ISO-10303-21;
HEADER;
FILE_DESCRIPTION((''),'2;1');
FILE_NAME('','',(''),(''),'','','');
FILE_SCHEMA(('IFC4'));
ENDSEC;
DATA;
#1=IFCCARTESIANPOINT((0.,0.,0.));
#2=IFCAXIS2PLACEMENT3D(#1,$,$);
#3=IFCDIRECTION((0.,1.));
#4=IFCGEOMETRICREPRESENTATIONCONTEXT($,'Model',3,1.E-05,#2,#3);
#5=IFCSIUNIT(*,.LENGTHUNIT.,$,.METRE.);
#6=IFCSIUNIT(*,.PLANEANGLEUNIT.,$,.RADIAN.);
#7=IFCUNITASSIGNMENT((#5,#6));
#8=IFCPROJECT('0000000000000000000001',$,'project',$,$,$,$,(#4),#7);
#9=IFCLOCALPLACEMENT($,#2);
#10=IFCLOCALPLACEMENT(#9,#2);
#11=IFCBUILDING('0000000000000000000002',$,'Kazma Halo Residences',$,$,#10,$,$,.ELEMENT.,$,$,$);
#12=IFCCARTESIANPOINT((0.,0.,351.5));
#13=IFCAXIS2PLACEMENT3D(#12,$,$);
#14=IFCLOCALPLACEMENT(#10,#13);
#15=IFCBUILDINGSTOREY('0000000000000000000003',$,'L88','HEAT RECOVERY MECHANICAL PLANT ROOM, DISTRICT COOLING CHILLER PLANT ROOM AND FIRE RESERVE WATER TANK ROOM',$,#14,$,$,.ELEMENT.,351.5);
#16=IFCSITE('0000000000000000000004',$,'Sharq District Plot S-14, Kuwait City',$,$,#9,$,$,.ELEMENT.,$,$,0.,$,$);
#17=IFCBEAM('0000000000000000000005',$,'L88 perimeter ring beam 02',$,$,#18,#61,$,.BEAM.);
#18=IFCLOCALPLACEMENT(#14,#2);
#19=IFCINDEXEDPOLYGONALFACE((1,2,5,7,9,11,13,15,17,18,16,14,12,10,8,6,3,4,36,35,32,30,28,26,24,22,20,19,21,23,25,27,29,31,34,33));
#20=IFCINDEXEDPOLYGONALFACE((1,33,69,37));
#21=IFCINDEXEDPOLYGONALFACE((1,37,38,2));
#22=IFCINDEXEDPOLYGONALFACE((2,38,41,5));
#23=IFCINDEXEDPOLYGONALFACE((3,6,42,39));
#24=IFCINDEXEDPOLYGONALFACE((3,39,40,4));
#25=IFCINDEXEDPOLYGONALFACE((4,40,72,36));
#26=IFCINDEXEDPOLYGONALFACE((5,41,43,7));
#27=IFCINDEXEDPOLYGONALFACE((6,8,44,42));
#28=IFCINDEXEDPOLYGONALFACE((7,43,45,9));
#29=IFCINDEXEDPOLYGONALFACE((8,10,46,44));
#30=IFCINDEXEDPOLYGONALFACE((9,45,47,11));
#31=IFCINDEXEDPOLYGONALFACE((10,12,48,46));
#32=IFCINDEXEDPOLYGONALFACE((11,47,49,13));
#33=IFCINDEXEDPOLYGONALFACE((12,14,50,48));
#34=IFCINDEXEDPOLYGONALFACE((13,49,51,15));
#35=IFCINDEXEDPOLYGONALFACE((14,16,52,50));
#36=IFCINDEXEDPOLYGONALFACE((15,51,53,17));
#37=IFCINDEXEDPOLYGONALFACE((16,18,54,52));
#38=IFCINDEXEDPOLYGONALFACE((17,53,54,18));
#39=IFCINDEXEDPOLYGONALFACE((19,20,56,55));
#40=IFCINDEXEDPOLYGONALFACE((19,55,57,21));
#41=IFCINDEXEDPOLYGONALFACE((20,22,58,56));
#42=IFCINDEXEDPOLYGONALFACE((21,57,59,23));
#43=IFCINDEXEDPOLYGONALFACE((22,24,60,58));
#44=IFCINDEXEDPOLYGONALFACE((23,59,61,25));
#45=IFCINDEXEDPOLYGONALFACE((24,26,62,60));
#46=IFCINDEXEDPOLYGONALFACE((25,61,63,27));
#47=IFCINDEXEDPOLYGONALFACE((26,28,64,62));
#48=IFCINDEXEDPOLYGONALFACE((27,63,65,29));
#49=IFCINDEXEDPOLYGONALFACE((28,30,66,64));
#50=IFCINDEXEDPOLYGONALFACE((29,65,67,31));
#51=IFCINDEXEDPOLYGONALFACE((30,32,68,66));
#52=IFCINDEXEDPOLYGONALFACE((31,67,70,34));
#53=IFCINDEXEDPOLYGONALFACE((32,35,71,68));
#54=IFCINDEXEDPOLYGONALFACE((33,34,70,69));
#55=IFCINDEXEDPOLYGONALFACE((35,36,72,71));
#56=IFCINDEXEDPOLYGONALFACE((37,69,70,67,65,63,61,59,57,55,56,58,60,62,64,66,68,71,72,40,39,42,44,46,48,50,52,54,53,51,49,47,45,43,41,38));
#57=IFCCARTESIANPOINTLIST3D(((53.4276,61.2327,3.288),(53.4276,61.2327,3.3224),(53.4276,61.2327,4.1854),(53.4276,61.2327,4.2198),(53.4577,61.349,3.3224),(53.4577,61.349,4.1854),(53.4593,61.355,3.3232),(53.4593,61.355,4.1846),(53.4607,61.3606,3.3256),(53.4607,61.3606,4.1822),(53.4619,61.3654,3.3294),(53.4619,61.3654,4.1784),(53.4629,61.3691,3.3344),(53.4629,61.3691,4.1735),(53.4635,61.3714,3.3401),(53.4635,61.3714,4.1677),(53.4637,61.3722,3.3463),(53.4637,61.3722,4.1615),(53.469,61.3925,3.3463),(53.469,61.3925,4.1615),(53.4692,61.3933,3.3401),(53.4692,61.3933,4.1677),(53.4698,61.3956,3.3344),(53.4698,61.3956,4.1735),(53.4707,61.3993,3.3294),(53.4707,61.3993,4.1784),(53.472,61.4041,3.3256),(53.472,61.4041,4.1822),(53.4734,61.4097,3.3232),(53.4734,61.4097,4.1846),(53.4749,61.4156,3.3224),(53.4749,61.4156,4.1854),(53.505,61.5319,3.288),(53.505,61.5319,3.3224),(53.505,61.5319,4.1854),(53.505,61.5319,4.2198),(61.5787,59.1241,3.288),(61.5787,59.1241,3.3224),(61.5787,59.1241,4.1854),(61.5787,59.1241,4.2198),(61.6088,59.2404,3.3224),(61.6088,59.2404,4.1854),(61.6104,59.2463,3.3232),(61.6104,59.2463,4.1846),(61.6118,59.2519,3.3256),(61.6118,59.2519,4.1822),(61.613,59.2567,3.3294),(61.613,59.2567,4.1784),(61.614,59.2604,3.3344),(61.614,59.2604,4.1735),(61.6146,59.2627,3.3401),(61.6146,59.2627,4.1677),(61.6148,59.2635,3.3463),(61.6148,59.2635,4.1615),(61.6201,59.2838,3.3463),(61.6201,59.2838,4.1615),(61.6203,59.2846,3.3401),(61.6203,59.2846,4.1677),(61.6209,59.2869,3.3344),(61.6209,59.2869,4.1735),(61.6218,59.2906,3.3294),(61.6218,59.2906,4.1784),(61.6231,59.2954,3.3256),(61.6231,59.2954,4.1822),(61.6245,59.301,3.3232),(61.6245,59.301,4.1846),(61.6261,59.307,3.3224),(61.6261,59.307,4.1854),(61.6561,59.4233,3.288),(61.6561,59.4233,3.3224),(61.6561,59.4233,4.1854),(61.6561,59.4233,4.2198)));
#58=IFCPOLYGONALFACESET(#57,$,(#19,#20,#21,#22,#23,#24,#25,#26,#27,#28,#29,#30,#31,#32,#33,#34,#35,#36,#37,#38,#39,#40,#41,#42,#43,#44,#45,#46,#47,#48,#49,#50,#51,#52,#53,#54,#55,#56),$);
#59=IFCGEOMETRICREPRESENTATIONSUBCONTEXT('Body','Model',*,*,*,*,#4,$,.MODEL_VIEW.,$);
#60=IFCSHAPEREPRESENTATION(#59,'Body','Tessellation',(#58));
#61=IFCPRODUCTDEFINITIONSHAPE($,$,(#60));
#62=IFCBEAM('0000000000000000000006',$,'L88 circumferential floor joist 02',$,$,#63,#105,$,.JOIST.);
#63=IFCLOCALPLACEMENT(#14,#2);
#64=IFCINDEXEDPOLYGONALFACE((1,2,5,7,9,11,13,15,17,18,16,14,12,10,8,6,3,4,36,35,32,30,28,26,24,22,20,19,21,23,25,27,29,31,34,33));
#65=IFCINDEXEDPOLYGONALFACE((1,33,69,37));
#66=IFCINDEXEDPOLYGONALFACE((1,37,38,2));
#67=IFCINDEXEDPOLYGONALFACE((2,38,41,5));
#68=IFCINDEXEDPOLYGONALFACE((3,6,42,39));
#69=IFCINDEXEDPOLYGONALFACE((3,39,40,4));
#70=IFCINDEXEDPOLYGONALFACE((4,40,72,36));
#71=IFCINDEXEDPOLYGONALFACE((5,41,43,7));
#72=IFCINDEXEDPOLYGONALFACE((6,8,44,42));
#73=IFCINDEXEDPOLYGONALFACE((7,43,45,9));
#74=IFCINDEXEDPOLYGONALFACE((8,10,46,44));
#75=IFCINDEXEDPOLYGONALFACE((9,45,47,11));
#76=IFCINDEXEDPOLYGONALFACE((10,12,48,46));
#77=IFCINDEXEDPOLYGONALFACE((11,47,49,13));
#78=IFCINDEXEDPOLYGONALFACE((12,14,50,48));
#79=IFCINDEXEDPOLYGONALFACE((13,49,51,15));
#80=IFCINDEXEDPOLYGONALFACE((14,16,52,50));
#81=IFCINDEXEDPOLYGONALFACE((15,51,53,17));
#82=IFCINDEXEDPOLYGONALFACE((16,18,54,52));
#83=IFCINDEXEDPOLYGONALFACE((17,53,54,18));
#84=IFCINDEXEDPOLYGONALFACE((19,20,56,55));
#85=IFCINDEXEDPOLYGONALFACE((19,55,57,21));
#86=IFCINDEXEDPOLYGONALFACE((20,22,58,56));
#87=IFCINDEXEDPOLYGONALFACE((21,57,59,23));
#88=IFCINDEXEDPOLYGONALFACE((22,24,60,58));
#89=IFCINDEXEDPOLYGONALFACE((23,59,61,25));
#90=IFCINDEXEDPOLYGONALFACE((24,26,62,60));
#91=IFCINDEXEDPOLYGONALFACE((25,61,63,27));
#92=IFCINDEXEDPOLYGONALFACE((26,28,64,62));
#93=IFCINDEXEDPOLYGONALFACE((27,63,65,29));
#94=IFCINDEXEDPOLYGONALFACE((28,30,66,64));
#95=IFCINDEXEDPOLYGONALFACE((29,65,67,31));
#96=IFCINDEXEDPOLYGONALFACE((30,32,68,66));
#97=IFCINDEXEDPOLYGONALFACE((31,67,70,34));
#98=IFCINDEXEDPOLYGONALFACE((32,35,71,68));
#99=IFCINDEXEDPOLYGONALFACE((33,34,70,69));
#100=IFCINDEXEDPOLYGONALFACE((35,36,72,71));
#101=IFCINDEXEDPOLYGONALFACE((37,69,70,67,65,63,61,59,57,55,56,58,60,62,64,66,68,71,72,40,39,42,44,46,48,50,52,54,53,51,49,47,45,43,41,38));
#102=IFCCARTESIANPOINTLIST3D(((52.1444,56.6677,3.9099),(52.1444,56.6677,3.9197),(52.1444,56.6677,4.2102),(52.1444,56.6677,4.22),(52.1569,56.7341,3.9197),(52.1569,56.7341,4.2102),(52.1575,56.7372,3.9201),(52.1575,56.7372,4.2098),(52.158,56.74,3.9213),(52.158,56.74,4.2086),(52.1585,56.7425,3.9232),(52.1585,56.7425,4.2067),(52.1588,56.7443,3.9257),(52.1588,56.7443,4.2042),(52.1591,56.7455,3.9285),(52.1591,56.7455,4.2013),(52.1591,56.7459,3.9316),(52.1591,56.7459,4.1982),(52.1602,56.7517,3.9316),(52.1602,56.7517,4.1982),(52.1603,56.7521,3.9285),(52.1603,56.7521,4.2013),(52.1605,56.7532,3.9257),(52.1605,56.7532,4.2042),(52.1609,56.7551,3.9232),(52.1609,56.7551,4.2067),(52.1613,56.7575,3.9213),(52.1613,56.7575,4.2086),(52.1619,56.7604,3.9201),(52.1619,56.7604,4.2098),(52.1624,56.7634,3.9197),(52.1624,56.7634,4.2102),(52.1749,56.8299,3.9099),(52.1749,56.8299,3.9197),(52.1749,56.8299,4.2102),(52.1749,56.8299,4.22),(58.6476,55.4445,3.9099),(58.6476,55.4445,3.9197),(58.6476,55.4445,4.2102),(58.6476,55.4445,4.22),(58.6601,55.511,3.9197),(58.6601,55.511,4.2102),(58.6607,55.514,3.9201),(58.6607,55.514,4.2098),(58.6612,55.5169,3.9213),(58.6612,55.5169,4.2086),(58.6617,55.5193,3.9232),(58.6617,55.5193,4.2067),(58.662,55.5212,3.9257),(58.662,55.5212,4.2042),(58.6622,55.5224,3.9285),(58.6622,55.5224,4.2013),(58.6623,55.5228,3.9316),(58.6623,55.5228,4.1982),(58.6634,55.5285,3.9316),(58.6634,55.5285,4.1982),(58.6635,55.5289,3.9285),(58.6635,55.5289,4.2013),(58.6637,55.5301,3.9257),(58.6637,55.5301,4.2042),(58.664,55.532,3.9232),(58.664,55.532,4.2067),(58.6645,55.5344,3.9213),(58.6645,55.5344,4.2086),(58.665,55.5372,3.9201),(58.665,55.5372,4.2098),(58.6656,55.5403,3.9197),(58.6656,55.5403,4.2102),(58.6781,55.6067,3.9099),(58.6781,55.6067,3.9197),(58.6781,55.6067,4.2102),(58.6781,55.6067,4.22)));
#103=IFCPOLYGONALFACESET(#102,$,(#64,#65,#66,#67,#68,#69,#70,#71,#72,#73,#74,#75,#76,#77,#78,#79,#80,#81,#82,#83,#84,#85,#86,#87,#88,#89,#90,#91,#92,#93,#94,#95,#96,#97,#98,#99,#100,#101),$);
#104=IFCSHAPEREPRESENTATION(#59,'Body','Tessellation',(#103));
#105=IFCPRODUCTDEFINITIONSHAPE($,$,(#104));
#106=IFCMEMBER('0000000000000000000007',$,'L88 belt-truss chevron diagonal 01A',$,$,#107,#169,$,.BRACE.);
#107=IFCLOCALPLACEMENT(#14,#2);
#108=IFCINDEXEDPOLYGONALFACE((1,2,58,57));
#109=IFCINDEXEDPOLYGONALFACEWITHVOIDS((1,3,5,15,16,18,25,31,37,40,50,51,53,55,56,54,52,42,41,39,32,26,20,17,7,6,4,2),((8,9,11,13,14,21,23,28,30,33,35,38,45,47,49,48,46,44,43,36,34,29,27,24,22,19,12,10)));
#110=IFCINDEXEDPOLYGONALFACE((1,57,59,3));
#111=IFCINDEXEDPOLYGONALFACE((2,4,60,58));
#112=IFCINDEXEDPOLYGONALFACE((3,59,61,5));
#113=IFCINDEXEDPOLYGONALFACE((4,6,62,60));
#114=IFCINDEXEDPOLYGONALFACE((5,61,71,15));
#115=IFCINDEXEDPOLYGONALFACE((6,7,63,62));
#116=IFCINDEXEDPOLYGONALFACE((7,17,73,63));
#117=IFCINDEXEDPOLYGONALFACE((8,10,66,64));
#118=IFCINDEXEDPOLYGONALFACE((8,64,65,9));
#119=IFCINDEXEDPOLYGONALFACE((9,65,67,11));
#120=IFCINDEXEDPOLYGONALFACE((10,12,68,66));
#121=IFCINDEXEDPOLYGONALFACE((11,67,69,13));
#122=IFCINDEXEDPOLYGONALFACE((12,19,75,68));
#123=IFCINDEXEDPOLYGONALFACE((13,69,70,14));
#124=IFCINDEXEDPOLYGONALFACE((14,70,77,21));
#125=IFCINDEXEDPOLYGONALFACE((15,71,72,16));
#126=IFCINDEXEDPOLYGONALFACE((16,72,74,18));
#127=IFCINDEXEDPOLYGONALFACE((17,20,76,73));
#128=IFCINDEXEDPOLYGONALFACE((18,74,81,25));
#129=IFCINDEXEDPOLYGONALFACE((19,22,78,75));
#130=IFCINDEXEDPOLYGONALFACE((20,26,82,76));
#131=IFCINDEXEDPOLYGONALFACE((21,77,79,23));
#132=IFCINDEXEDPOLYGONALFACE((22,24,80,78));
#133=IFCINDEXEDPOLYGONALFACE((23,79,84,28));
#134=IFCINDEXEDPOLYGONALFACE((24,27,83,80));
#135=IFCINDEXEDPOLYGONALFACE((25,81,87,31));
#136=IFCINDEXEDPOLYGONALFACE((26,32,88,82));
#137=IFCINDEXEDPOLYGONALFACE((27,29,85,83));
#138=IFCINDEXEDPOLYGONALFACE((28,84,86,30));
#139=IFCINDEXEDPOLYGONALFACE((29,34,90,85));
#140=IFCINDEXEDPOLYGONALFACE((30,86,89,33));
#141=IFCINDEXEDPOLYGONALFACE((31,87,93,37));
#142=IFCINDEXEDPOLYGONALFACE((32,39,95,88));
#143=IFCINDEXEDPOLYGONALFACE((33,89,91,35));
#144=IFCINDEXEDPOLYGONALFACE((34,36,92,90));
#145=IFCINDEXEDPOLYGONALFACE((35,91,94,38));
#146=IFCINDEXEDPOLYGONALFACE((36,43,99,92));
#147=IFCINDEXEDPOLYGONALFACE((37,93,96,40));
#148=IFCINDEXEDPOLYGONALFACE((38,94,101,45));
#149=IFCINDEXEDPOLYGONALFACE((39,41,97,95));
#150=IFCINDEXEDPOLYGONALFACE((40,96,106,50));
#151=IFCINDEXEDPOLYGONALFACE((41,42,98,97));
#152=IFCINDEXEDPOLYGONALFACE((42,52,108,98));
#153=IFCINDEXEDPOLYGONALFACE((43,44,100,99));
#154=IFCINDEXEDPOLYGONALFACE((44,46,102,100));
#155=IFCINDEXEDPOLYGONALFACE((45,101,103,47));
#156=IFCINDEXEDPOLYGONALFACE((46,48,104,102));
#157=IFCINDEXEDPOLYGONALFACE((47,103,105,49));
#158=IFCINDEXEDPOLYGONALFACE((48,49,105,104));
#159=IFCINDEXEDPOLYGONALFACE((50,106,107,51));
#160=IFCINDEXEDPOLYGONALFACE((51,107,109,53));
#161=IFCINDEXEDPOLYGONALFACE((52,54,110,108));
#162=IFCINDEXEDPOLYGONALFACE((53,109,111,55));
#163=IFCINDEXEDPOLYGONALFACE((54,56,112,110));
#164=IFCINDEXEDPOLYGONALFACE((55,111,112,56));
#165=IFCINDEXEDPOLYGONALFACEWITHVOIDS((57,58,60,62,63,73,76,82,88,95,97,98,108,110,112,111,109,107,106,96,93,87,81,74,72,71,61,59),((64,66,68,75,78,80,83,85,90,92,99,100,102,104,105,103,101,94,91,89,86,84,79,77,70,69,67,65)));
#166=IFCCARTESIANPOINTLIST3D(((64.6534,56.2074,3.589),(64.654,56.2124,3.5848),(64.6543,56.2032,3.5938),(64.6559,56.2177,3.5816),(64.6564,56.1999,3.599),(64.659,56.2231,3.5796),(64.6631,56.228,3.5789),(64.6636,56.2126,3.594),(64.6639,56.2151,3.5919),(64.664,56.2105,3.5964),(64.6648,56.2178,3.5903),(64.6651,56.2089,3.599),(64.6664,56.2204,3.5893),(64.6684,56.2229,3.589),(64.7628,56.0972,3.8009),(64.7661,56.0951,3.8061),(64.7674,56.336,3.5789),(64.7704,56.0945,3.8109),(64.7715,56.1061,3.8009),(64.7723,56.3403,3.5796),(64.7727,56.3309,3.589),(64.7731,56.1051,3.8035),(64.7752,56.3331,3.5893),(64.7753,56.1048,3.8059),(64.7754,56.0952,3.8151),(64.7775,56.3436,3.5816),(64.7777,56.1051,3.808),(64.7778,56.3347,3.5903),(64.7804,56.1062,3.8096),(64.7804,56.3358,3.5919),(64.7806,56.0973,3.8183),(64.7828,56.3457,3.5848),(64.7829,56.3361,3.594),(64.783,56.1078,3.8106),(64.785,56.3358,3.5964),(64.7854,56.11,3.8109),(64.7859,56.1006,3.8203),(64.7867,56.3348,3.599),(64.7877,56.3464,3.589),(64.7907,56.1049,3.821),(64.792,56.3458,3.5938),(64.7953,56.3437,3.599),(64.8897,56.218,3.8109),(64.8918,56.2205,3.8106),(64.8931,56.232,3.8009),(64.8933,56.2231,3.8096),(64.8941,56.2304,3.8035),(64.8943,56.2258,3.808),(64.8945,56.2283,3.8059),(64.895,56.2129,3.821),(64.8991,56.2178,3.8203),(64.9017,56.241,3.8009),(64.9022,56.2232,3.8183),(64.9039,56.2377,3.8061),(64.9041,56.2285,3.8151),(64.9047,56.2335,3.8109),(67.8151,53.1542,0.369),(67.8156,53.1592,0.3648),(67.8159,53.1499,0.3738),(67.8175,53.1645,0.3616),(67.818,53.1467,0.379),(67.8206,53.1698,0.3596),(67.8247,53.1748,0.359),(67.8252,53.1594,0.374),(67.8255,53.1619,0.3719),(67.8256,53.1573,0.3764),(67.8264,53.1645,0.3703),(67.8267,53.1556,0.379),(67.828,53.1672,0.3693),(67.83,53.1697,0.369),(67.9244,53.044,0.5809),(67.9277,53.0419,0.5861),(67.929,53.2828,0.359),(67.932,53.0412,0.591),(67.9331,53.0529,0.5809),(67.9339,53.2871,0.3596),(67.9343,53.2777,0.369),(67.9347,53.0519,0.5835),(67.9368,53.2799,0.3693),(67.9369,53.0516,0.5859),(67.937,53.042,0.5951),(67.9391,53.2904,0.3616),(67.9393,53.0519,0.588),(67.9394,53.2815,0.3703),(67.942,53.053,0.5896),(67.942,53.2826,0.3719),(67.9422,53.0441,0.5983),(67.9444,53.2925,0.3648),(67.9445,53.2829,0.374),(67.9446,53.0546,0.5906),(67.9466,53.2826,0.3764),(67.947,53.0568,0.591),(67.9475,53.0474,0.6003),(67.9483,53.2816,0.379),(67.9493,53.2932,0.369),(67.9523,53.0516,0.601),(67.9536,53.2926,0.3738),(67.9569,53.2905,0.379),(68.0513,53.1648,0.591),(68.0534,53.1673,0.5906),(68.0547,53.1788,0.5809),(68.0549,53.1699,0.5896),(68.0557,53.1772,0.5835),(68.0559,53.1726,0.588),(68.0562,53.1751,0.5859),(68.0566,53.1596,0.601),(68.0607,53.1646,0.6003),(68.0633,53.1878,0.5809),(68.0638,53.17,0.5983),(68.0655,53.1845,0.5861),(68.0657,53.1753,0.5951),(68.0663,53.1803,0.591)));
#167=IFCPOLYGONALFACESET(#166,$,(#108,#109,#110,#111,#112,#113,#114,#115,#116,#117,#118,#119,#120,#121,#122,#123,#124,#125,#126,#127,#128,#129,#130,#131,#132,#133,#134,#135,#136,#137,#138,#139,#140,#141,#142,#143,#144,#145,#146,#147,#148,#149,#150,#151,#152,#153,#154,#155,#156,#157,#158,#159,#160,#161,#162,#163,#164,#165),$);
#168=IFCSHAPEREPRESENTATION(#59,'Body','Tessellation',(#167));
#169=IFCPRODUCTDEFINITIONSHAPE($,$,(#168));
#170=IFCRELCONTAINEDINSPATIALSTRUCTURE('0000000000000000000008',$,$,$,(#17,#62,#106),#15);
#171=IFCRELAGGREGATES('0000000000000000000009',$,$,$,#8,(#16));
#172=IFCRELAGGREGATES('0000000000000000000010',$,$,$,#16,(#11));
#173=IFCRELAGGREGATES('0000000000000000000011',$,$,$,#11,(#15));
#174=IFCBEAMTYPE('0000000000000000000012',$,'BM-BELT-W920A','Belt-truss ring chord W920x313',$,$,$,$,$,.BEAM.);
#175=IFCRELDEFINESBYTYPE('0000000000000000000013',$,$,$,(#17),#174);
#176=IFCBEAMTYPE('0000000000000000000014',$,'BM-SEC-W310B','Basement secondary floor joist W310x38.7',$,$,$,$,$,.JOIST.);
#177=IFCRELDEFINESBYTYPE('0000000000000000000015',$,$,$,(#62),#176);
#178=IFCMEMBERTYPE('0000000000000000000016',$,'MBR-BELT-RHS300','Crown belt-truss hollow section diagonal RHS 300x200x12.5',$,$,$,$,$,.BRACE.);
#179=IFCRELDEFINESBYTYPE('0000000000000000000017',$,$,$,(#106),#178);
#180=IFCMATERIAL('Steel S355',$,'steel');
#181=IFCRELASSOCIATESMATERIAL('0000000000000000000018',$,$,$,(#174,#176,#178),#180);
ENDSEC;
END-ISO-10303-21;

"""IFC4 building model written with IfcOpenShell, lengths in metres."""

from ifc_helpers import new_model, si_unit, direction, frame, origin, origin_2d, place, context, subcontext, project, spatial, hollow_rectangle, i_section, extrude, material, material_profile, profile_set, type_object, element, save


model = new_model("IFC4")

# Units and contexts
model_context = context("Model", 3, precision=1e-05, world=origin(), true_north=direction((0.0, 1.0)))
body_context = subcontext(model_context, "Body", "Model", "MODEL_VIEW")
ifc_project = project(units=[si_unit("LENGTHUNIT", "METRE"), si_unit("PLANEANGLEUNIT", "RADIAN")], contexts=[model_context])

# Site, building, storey
site_placement = place(None, origin())
site = spatial("IfcSite", under=ifc_project, at=site_placement, Name="Sharq District Plot S-14, Kuwait City", CompositionType="ELEMENT", RefElevation=0.0)
building_placement = place(site_placement, origin())
building = spatial("IfcBuilding", under=site, at=building_placement, Name="Kazma Halo Residences", CompositionType="ELEMENT")
storey_placement = place(building_placement, frame((0.0, 0.0, 351.5)))
storey = spatial("IfcBuildingStorey", under=building, at=storey_placement, Name="L88", Description="HEAT RECOVERY MECHANICAL PLANT ROOM, DISTRICT COOLING CHILLER PLANT ROOM AND FIRE RESERVE WATER TANK ROOM", CompositionType="ELEMENT", Elevation=351.5)

# Shared definitions
ifc_material_1 = material(Name="Steel S355", Category="steel")

# Beams
ifc_material_profile_1 = material_profile(ifc_material_1, i_section(OverallWidth=0.3091, OverallDepth=0.9319, WebThickness=0.021, FlangeThickness=0.0344, FilletRadius=0.0239, at=origin_2d()), Name="W920x313")
ifc_profile_set_1 = profile_set([ifc_material_profile_1], Name="Steel S355")
beam_type_1 = type_object("IfcBeamType", Name="BM-BELT-W920A", Description="Belt-truss ring chord W920x313", PredefinedType="BEAM", material=ifc_profile_set_1)
beam_1_placement = place(storey_placement, frame((61.6174, 59.2737, 3.7539), z_axis=(-0.96813, 0.250449, 0.0), x_axis=(-0.250449, -0.96813, 0.0)))
element("IfcBeam", 1, at=beam_1_placement, inside=storey, type_object=beam_type_1, Name="L88 perimeter ring beam 02", PredefinedType="BEAM", context=body_context, shape_type="SweptSolid", body=[
    extrude(i_section(OverallWidth=0.3091, OverallDepth=0.9319, WebThickness=0.021, FlangeThickness=0.0344, FilletRadius=0.0239, at=origin_2d()), origin(), (0.0, 0.0, 1.0), 8.4194),
])
ifc_material_profile_2 = material_profile(ifc_material_1, i_section(OverallWidth=0.165, OverallDepth=0.3101, WebThickness=0.0059, FlangeThickness=0.0098, FilletRadius=0.012, at=origin_2d()), Name="W310x38.7")
ifc_profile_set_2 = profile_set([ifc_material_profile_2], Name="Steel S355")
beam_type_2 = type_object("IfcBeamType", Name="BM-SEC-W310B", Description="Basement secondary floor joist W310x38.7", PredefinedType="JOIST", material=ifc_profile_set_2)
beam_2_placement = place(storey_placement, frame((58.6628, 55.5256, 4.0649), z_axis=(-0.982768, 0.184843, 0.0), x_axis=(-0.184843, -0.982768, 0.0)))
element("IfcBeam", 2, at=beam_2_placement, inside=storey, type_object=beam_type_2, Name="L88 circumferential floor joist 02", PredefinedType="JOIST", context=body_context, shape_type="SweptSolid", body=[
    extrude(i_section(OverallWidth=0.165, OverallDepth=0.3101, WebThickness=0.0059, FlangeThickness=0.0098, FilletRadius=0.012, at=origin_2d()), origin(), (0.0, 0.0, 1.0), 6.6172),
])

# Member
ifc_material_profile_3 = material_profile(ifc_material_1, hollow_rectangle(XDim=0.2, YDim=0.3, WallThickness=0.0125, InnerFilletRadius=0.0125, OuterFilletRadius=0.0249, at=origin_2d()), Name="RHS300x200x12.5")
ifc_profile_set_3 = profile_set([ifc_material_profile_3], Name="Steel S355")
member_type_1 = type_object("IfcMemberType", Name="MBR-BELT-RHS300", Description="Crown belt-truss hollow section diagonal RHS 300x200x12.5", PredefinedType="BRACE", material=ifc_profile_set_3)
for number, where, z_axis, x_axis, name in (
    (3, (67.9407, 53.1672, 0.48), (-0.580273, 0.560378, 0.590982), (-0.694668, -0.719331, 0.0), "L88 belt-truss chevron diagonal 01A"),
):
    element("IfcMember", number, at=place(storey_placement, frame(where, z_axis=z_axis, x_axis=x_axis)), inside=storey, type_object=member_type_1, Name=name, PredefinedType="BRACE", context=body_context, shape_type="SweptSolid", body=[
        extrude(hollow_rectangle(XDim=0.2, YDim=0.3, WallThickness=0.0125, InnerFilletRadius=0.0125, OuterFilletRadius=0.0249, at=origin_2d()), origin(), (0.0, 0.0, 1.0), 5.4485),
    ])

save(model, "model.ifc")
